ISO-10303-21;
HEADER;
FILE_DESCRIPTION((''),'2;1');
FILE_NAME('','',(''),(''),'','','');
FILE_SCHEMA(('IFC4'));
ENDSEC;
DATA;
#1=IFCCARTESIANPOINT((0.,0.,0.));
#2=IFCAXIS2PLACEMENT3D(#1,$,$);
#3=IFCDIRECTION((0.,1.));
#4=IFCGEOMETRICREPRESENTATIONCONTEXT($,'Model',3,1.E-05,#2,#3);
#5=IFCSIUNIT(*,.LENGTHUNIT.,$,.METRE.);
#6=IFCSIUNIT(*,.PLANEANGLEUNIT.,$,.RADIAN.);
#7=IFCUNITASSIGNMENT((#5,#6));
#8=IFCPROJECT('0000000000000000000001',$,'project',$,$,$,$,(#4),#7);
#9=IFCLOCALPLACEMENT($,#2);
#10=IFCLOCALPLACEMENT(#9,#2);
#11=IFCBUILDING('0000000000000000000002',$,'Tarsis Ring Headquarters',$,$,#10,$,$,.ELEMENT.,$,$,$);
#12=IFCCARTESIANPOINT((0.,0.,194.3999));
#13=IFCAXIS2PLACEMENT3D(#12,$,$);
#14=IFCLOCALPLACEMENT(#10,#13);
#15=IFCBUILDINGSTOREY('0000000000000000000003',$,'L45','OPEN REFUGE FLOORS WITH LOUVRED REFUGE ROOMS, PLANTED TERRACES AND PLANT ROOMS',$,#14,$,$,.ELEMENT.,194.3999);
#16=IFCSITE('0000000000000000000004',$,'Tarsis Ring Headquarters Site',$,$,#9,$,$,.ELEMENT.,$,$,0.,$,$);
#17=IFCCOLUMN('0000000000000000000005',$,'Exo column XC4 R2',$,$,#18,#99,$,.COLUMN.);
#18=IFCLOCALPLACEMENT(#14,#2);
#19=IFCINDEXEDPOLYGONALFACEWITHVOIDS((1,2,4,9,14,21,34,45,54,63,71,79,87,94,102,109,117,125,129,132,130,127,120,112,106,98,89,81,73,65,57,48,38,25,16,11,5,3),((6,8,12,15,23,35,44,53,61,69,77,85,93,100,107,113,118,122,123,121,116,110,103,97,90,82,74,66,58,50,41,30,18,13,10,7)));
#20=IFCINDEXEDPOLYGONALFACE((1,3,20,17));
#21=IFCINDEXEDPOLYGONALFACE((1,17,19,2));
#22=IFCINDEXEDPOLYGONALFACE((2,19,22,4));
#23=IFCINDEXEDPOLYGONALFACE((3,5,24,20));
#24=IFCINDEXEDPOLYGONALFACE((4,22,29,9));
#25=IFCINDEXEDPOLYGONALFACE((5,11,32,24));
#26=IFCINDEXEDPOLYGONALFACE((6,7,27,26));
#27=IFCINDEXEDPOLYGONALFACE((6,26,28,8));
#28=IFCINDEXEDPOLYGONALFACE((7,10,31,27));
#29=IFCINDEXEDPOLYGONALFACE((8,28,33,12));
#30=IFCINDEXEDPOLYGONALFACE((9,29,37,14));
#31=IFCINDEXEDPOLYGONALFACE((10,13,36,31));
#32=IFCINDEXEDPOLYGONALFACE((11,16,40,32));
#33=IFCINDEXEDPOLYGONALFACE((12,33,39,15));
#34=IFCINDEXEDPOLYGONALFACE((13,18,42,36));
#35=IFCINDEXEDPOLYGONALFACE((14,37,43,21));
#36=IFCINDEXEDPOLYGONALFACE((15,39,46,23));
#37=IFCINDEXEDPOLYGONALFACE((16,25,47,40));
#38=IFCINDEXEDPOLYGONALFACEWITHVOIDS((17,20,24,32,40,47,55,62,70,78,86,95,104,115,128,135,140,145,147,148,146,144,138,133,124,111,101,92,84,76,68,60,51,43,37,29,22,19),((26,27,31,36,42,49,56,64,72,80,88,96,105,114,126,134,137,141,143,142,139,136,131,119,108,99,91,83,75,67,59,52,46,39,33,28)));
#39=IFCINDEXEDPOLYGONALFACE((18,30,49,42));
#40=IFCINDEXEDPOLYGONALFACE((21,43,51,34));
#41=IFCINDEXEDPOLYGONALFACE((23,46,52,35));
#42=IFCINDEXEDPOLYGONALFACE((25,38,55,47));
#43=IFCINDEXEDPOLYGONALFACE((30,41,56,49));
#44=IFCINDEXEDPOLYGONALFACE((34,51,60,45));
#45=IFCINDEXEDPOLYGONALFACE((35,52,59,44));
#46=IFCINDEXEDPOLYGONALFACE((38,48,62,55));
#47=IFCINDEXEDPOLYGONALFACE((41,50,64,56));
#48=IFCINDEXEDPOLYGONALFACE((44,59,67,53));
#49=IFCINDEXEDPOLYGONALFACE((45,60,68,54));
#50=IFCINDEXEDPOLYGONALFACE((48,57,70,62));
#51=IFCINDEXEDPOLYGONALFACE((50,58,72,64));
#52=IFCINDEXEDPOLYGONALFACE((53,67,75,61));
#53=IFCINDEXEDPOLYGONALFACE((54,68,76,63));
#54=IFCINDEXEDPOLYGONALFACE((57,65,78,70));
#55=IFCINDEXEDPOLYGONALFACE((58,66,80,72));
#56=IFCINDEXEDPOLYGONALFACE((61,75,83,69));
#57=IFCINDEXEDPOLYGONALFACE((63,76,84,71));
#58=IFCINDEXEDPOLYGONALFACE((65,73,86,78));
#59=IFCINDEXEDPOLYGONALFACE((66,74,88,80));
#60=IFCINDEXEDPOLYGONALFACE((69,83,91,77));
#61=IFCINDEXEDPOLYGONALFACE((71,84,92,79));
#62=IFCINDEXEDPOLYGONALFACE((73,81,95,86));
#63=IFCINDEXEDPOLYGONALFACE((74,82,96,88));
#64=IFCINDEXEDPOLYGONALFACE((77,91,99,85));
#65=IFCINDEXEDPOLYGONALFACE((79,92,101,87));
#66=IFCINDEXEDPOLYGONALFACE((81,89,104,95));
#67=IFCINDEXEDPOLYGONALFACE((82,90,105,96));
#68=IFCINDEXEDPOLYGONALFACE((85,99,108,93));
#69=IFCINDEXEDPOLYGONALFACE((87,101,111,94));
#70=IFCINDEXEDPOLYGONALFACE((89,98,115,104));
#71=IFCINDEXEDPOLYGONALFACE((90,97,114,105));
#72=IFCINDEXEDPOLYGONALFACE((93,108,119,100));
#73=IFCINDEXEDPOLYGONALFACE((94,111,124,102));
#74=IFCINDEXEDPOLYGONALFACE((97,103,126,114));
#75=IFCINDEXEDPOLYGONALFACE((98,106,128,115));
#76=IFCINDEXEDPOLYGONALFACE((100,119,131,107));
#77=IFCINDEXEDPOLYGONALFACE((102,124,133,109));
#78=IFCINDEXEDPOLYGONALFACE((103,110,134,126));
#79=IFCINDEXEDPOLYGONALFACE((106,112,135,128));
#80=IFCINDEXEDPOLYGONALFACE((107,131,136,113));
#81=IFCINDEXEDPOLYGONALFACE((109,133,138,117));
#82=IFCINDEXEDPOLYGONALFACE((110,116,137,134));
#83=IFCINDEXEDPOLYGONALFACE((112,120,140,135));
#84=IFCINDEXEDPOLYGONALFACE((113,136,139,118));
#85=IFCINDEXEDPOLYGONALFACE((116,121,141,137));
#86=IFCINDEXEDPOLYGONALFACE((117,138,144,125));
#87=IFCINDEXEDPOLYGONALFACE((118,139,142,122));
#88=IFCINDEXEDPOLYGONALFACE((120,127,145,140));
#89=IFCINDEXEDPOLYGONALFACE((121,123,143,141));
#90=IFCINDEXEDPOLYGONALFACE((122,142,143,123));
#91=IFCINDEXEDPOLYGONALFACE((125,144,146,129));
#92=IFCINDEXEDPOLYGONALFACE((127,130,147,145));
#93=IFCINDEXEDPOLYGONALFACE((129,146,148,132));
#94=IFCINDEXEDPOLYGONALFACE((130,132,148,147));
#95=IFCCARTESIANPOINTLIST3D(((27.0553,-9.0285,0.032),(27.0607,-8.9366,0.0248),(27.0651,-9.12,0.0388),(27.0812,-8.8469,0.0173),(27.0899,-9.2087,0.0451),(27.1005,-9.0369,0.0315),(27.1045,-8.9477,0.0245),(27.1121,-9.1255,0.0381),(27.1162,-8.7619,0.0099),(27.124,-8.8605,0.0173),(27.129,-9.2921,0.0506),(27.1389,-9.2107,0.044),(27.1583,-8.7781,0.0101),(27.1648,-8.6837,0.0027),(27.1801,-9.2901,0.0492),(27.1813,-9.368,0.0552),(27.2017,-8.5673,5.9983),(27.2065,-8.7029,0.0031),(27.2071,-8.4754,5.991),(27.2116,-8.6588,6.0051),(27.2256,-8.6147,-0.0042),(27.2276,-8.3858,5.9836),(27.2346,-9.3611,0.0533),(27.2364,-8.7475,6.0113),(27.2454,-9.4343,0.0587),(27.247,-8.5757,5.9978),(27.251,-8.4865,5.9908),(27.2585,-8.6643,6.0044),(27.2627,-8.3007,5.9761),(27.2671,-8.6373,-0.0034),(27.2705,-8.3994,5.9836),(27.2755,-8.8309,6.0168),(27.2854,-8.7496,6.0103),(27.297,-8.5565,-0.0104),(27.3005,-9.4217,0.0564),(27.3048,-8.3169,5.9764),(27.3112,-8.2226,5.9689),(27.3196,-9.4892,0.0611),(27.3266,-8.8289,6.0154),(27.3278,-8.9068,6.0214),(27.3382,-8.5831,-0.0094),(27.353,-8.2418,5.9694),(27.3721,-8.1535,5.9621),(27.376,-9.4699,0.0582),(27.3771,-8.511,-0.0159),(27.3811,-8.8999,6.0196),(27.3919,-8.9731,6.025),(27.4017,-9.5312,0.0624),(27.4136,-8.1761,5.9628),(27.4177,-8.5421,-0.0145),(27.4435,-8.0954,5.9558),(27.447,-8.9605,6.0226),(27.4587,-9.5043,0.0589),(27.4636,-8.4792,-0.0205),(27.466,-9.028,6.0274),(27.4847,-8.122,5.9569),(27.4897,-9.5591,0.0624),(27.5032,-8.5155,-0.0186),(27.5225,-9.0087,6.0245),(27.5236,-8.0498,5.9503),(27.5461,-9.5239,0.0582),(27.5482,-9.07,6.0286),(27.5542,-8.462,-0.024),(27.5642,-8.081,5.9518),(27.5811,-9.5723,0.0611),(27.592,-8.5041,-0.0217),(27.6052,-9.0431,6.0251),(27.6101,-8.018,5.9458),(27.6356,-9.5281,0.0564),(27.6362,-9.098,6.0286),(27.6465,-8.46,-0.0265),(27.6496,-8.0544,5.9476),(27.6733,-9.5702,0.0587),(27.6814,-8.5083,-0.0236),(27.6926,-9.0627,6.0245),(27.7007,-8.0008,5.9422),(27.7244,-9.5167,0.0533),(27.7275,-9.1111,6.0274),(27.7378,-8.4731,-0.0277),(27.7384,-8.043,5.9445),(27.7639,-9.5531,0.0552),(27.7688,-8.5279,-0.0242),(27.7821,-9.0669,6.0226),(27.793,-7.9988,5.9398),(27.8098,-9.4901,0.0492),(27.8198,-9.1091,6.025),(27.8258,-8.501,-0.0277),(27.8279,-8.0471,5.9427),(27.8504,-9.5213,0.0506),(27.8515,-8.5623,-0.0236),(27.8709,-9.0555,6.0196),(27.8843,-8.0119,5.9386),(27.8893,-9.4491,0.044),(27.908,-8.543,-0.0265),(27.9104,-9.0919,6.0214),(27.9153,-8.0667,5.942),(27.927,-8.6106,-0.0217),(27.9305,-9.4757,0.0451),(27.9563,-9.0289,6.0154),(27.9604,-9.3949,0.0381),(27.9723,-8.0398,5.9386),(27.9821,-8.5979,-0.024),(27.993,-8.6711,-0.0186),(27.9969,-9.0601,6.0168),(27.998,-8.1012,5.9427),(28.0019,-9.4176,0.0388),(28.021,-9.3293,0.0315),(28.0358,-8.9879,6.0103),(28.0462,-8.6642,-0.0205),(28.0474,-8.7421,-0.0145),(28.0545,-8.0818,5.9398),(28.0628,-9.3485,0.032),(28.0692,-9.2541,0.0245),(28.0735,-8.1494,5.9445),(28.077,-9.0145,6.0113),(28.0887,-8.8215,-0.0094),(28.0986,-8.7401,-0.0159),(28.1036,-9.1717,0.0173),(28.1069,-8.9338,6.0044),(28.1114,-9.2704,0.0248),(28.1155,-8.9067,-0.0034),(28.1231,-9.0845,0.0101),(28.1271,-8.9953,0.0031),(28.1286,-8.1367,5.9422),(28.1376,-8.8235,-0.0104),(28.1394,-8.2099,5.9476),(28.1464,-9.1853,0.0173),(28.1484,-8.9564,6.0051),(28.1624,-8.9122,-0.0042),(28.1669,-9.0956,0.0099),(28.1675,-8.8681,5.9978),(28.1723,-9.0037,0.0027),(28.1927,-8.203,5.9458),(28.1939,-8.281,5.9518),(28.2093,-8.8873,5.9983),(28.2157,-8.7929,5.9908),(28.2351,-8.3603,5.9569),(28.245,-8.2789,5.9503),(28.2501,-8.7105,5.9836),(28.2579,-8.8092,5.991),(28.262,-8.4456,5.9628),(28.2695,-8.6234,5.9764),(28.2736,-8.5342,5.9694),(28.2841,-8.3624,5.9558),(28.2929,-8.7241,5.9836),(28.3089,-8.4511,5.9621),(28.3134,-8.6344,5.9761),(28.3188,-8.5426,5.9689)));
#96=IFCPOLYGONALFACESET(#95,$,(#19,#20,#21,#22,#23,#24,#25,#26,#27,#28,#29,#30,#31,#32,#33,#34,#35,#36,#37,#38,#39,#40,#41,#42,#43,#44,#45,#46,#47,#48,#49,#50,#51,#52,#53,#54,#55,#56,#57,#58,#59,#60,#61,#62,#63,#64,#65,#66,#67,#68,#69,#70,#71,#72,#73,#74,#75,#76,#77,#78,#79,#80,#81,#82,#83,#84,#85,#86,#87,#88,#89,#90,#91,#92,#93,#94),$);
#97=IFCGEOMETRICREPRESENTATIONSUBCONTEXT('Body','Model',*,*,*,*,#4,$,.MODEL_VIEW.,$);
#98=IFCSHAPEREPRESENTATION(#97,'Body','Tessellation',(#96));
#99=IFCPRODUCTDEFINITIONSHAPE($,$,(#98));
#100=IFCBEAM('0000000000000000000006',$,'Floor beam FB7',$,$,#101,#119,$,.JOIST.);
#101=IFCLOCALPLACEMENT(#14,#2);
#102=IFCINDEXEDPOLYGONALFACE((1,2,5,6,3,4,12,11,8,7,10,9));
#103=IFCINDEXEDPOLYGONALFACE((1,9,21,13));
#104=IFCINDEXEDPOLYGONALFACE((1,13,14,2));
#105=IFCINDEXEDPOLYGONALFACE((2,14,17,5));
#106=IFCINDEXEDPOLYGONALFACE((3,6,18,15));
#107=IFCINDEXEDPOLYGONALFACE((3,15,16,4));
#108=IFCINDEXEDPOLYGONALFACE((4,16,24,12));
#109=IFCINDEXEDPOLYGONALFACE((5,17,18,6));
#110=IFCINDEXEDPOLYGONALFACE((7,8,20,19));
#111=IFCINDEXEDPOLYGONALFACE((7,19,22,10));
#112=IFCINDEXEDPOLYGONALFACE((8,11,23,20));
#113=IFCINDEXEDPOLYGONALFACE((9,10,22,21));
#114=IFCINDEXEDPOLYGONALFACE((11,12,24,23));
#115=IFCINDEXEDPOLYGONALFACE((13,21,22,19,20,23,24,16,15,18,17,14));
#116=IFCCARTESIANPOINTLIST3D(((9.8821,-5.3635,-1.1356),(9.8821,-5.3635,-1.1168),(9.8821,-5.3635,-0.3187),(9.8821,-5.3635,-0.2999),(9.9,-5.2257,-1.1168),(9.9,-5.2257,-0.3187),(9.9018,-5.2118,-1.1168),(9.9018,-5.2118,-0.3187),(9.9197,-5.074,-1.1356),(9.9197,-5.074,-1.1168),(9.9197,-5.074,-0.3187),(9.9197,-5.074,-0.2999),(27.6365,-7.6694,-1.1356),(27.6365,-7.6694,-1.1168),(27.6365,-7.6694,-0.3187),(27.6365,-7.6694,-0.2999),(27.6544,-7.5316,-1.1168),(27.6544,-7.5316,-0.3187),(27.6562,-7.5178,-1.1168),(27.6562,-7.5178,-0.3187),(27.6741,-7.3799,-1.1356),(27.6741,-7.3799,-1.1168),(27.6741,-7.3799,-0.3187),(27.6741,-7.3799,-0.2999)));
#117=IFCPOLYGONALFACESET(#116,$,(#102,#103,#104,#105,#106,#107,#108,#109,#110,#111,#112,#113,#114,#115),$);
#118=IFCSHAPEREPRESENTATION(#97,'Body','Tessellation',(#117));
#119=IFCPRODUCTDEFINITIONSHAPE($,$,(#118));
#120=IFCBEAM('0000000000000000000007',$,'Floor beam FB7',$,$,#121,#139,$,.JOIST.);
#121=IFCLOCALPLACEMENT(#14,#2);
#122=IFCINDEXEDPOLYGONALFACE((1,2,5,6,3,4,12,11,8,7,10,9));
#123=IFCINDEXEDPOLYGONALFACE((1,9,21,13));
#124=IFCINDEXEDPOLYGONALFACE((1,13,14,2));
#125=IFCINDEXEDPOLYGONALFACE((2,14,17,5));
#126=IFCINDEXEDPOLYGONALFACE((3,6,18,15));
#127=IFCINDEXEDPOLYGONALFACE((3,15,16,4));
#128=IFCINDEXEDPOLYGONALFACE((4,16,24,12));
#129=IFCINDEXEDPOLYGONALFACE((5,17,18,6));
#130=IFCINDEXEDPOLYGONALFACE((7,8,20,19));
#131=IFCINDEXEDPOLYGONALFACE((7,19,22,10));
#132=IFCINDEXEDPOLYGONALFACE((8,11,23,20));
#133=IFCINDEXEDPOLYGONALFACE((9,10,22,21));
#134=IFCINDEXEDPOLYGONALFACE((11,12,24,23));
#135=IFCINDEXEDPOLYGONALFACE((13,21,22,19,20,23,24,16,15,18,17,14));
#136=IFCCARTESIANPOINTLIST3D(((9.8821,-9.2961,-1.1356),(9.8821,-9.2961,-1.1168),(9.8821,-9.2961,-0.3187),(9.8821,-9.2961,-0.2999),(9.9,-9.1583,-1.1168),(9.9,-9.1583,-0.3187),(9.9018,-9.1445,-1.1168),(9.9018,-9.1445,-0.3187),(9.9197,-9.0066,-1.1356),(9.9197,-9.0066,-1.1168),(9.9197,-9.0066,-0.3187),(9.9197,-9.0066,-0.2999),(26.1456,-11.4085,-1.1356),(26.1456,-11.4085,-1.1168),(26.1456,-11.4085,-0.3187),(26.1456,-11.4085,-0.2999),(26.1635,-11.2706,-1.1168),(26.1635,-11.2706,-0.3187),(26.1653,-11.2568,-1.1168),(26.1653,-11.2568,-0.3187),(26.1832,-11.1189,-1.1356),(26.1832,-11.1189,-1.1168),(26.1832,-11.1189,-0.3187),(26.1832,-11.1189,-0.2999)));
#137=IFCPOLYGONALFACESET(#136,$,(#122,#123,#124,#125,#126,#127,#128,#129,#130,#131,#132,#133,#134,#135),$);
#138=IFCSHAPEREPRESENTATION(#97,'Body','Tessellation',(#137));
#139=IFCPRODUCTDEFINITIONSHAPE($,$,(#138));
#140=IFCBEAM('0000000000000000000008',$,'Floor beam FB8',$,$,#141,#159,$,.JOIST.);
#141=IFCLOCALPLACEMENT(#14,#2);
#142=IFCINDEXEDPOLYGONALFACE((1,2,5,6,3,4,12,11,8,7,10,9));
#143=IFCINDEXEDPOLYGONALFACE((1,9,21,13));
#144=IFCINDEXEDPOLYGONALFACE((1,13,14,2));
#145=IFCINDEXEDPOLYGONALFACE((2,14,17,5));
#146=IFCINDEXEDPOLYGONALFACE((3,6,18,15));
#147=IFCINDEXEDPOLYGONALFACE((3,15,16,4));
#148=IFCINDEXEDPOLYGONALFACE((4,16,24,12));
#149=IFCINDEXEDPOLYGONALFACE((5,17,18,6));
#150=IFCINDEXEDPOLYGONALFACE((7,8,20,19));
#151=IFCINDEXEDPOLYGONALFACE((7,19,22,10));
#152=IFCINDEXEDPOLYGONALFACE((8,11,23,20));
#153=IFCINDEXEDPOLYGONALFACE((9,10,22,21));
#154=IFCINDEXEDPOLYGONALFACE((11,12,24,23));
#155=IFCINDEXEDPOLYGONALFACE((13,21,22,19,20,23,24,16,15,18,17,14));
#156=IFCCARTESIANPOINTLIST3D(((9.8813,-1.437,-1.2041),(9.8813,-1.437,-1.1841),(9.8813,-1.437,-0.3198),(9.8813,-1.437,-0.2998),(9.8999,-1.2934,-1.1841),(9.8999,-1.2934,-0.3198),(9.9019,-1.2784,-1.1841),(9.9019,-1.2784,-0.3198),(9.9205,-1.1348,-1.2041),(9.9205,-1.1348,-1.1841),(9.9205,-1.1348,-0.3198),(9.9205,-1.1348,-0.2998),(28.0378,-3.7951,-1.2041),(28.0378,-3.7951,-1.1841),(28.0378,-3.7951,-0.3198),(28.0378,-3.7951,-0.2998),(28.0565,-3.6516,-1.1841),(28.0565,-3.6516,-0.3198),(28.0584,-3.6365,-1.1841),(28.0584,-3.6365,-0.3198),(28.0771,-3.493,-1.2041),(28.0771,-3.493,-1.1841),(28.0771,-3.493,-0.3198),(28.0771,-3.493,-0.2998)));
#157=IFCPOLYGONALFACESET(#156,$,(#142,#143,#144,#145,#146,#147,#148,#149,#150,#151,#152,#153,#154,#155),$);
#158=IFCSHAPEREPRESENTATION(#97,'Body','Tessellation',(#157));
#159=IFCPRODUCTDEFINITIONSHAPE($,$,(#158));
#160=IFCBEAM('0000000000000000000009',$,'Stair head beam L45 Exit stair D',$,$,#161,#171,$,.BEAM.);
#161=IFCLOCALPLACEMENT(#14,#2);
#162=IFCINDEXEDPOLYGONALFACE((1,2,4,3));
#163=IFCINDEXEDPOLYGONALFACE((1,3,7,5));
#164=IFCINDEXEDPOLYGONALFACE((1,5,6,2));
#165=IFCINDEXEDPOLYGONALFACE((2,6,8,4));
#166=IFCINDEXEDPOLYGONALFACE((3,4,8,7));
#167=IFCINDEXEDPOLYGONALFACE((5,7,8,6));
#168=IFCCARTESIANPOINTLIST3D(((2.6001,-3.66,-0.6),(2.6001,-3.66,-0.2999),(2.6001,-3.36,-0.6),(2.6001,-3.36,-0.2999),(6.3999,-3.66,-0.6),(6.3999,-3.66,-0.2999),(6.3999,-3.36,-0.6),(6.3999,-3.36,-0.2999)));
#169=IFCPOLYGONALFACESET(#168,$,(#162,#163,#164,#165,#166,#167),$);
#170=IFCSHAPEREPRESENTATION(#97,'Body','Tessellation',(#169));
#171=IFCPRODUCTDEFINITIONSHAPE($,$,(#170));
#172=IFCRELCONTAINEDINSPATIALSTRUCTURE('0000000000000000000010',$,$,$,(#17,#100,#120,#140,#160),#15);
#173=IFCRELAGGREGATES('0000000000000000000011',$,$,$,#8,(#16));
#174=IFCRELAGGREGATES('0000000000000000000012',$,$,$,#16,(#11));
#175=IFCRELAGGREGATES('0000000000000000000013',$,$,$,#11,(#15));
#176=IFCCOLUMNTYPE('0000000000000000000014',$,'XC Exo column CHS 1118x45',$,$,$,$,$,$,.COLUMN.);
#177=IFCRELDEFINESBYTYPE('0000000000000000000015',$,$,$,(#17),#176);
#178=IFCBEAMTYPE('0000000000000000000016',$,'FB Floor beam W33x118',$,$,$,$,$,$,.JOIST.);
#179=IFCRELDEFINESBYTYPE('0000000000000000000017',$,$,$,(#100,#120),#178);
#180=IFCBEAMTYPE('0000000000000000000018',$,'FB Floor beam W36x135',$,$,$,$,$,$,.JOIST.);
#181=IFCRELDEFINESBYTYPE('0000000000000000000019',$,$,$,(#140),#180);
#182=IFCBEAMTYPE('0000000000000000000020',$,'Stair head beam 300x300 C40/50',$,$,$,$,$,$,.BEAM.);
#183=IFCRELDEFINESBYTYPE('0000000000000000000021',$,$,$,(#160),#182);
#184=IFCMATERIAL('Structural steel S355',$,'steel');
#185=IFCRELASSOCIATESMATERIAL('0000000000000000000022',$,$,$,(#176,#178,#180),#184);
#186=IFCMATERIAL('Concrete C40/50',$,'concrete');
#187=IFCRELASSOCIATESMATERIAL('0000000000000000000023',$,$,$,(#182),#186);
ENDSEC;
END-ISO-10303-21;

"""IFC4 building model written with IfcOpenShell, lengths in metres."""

from ifc_helpers import new_model, si_unit, direction, frame, origin, origin_2d, place, context, subcontext, project, spatial, rectangle, hollow_circle, i_section, extrude, material, material_profile, profile_set, type_object, element, save


model = new_model("IFC4")

# Units and contexts
model_context = context("Model", 3, precision=1e-05, world=origin(), true_north=direction((0.0, 1.0)))
body_context = subcontext(model_context, "Body", "Model", "MODEL_VIEW")
ifc_project = project(units=[si_unit("LENGTHUNIT", "METRE"), si_unit("PLANEANGLEUNIT", "RADIAN")], contexts=[model_context])

# Site, building, storey
site_placement = place(None, origin())
site = spatial("IfcSite", under=ifc_project, at=site_placement, Name="Tarsis Ring Headquarters Site", CompositionType="ELEMENT", RefElevation=0.0)
building_placement = place(site_placement, origin())
building = spatial("IfcBuilding", under=site, at=building_placement, Name="Tarsis Ring Headquarters", CompositionType="ELEMENT")
storey_placement = place(building_placement, frame((0.0, 0.0, 194.3999)))
storey = spatial("IfcBuildingStorey", under=building, at=storey_placement, Name="L45", Description="OPEN REFUGE FLOORS WITH LOUVRED REFUGE ROOMS, PLANTED TERRACES AND PLANT ROOMS", CompositionType="ELEMENT", Elevation=194.3999)

# Column
ifc_material_1 = material(Name="Structural steel S355", Category="steel")
ifc_material_profile_1 = material_profile(ifc_material_1, hollow_circle(Radius=0.5588, WallThickness=0.0449, at=origin_2d()), Name="CHS 1118x45")
ifc_profile_set_1 = profile_set([ifc_material_profile_1], Name="Structural steel S355")
column_type = type_object("IfcColumnType", Name="XC Exo column CHS 1118x45", PredefinedType="COLUMN", material=ifc_profile_set_1)
column_placement = place(storey_placement, frame((27.6138, -9.0161, 0.0173), z_axis=(0.024472, 0.077045, 0.996727), x_axis=(-0.953078, 0.302725, 0.0)))
element("IfcColumn", 1, at=column_placement, inside=storey, type_object=column_type, Name="Exo column XC4 R2", PredefinedType="COLUMN", context=body_context, shape_type="SweptSolid", body=[
    extrude(hollow_circle(Radius=0.5588, WallThickness=0.0449, at=origin_2d()), origin(), (0.0, 0.0, 1.0), 5.9858),
])

# Beams
ifc_material_profile_2 = material_profile(ifc_material_1, i_section(OverallWidth=0.292, OverallDepth=0.8357, WebThickness=0.0139, FlangeThickness=0.0188, at=origin_2d()), Name="W33x118")
ifc_profile_set_2 = profile_set([ifc_material_profile_2], Name="Structural steel S355")
beam_type_1 = type_object("IfcBeamType", Name="FB Floor beam W33x118", PredefinedType="JOIST", material=ifc_profile_set_2)
beam_1_placement = place(storey_placement, frame((9.9009, -5.2188, -0.7178), z_axis=(0.991671, -0.128796, 0.0), x_axis=(0.128796, 0.991671, 0.0)))
element("IfcBeam", 2, at=beam_1_placement, inside=storey, type_object=beam_type_1, Name="Floor beam FB7", PredefinedType="JOIST", context=body_context, shape_type="SweptSolid", body=[
    extrude(i_section(OverallWidth=0.292, OverallDepth=0.8357, WebThickness=0.0139, FlangeThickness=0.0188, at=origin_2d()), origin(), (0.0, 0.0, 1.0), 17.9036),
])
beam_2_placement = place(storey_placement, frame((9.9009, -9.1514, -0.7178), z_axis=(0.991671, -0.128799, 0.0), x_axis=(0.128799, 0.991671, 0.0)))
element("IfcBeam", 3, at=beam_2_placement, inside=storey, type_object=beam_type_1, Name="Floor beam FB7", PredefinedType="JOIST", context=body_context, shape_type="SweptSolid", body=[
    extrude(i_section(OverallWidth=0.292, OverallDepth=0.8357, WebThickness=0.0139, FlangeThickness=0.0188, at=origin_2d()), origin(), (0.0, 0.0, 1.0), 16.4001),
])
ifc_material_profile_3 = material_profile(ifc_material_1, i_section(OverallWidth=0.3047, OverallDepth=0.9043, WebThickness=0.0151, FlangeThickness=0.02, at=origin_2d()), Name="W36x135")
ifc_profile_set_3 = profile_set([ifc_material_profile_3], Name="Structural steel S355")
beam_type_2 = type_object("IfcBeamType", Name="FB Floor beam W36x135", PredefinedType="JOIST", material=ifc_profile_set_3)
beam_3_placement = place(storey_placement, frame((9.9009, -1.2859, -0.752), z_axis=(0.991671, -0.128798, 0.0), x_axis=(0.128798, 0.991671, 0.0)))
element("IfcBeam", 4, at=beam_3_placement, inside=storey, type_object=beam_type_2, Name="Floor beam FB8", PredefinedType="JOIST", context=body_context, shape_type="SweptSolid", body=[
    extrude(i_section(OverallWidth=0.3047, OverallDepth=0.9043, WebThickness=0.0151, FlangeThickness=0.02, at=origin_2d()), origin(), (0.0, 0.0, 1.0), 18.3091),
])
ifc_material_2 = material(Name="Concrete C40/50", Category="concrete")
ifc_material_profile_4 = material_profile(ifc_material_2, rectangle(XDim=0.3, YDim=0.3, at=origin_2d()), Name="Stair head beam 300x300 C40/50")
ifc_profile_set_4 = profile_set([ifc_material_profile_4], Name="Concrete C40/50")
beam_type_3 = type_object("IfcBeamType", Name="Stair head beam 300x300 C40/50", PredefinedType="BEAM", material=ifc_profile_set_4)
beam_4_placement = place(storey_placement, frame((2.6001, -3.51, -0.45), z_axis=(1.0, 0.0, 0.0), x_axis=(0.0, 1.0, 0.0)))
element("IfcBeam", 5, at=beam_4_placement, inside=storey, type_object=beam_type_3, Name="Stair head beam L45 Exit stair D", PredefinedType="BEAM", context=body_context, shape_type="SweptSolid", body=[
    extrude(rectangle(XDim=0.3, YDim=0.3, at=origin_2d()), origin(), (0.0, 0.0, 1.0), 3.7998),
])

save(model, "model.ifc")
